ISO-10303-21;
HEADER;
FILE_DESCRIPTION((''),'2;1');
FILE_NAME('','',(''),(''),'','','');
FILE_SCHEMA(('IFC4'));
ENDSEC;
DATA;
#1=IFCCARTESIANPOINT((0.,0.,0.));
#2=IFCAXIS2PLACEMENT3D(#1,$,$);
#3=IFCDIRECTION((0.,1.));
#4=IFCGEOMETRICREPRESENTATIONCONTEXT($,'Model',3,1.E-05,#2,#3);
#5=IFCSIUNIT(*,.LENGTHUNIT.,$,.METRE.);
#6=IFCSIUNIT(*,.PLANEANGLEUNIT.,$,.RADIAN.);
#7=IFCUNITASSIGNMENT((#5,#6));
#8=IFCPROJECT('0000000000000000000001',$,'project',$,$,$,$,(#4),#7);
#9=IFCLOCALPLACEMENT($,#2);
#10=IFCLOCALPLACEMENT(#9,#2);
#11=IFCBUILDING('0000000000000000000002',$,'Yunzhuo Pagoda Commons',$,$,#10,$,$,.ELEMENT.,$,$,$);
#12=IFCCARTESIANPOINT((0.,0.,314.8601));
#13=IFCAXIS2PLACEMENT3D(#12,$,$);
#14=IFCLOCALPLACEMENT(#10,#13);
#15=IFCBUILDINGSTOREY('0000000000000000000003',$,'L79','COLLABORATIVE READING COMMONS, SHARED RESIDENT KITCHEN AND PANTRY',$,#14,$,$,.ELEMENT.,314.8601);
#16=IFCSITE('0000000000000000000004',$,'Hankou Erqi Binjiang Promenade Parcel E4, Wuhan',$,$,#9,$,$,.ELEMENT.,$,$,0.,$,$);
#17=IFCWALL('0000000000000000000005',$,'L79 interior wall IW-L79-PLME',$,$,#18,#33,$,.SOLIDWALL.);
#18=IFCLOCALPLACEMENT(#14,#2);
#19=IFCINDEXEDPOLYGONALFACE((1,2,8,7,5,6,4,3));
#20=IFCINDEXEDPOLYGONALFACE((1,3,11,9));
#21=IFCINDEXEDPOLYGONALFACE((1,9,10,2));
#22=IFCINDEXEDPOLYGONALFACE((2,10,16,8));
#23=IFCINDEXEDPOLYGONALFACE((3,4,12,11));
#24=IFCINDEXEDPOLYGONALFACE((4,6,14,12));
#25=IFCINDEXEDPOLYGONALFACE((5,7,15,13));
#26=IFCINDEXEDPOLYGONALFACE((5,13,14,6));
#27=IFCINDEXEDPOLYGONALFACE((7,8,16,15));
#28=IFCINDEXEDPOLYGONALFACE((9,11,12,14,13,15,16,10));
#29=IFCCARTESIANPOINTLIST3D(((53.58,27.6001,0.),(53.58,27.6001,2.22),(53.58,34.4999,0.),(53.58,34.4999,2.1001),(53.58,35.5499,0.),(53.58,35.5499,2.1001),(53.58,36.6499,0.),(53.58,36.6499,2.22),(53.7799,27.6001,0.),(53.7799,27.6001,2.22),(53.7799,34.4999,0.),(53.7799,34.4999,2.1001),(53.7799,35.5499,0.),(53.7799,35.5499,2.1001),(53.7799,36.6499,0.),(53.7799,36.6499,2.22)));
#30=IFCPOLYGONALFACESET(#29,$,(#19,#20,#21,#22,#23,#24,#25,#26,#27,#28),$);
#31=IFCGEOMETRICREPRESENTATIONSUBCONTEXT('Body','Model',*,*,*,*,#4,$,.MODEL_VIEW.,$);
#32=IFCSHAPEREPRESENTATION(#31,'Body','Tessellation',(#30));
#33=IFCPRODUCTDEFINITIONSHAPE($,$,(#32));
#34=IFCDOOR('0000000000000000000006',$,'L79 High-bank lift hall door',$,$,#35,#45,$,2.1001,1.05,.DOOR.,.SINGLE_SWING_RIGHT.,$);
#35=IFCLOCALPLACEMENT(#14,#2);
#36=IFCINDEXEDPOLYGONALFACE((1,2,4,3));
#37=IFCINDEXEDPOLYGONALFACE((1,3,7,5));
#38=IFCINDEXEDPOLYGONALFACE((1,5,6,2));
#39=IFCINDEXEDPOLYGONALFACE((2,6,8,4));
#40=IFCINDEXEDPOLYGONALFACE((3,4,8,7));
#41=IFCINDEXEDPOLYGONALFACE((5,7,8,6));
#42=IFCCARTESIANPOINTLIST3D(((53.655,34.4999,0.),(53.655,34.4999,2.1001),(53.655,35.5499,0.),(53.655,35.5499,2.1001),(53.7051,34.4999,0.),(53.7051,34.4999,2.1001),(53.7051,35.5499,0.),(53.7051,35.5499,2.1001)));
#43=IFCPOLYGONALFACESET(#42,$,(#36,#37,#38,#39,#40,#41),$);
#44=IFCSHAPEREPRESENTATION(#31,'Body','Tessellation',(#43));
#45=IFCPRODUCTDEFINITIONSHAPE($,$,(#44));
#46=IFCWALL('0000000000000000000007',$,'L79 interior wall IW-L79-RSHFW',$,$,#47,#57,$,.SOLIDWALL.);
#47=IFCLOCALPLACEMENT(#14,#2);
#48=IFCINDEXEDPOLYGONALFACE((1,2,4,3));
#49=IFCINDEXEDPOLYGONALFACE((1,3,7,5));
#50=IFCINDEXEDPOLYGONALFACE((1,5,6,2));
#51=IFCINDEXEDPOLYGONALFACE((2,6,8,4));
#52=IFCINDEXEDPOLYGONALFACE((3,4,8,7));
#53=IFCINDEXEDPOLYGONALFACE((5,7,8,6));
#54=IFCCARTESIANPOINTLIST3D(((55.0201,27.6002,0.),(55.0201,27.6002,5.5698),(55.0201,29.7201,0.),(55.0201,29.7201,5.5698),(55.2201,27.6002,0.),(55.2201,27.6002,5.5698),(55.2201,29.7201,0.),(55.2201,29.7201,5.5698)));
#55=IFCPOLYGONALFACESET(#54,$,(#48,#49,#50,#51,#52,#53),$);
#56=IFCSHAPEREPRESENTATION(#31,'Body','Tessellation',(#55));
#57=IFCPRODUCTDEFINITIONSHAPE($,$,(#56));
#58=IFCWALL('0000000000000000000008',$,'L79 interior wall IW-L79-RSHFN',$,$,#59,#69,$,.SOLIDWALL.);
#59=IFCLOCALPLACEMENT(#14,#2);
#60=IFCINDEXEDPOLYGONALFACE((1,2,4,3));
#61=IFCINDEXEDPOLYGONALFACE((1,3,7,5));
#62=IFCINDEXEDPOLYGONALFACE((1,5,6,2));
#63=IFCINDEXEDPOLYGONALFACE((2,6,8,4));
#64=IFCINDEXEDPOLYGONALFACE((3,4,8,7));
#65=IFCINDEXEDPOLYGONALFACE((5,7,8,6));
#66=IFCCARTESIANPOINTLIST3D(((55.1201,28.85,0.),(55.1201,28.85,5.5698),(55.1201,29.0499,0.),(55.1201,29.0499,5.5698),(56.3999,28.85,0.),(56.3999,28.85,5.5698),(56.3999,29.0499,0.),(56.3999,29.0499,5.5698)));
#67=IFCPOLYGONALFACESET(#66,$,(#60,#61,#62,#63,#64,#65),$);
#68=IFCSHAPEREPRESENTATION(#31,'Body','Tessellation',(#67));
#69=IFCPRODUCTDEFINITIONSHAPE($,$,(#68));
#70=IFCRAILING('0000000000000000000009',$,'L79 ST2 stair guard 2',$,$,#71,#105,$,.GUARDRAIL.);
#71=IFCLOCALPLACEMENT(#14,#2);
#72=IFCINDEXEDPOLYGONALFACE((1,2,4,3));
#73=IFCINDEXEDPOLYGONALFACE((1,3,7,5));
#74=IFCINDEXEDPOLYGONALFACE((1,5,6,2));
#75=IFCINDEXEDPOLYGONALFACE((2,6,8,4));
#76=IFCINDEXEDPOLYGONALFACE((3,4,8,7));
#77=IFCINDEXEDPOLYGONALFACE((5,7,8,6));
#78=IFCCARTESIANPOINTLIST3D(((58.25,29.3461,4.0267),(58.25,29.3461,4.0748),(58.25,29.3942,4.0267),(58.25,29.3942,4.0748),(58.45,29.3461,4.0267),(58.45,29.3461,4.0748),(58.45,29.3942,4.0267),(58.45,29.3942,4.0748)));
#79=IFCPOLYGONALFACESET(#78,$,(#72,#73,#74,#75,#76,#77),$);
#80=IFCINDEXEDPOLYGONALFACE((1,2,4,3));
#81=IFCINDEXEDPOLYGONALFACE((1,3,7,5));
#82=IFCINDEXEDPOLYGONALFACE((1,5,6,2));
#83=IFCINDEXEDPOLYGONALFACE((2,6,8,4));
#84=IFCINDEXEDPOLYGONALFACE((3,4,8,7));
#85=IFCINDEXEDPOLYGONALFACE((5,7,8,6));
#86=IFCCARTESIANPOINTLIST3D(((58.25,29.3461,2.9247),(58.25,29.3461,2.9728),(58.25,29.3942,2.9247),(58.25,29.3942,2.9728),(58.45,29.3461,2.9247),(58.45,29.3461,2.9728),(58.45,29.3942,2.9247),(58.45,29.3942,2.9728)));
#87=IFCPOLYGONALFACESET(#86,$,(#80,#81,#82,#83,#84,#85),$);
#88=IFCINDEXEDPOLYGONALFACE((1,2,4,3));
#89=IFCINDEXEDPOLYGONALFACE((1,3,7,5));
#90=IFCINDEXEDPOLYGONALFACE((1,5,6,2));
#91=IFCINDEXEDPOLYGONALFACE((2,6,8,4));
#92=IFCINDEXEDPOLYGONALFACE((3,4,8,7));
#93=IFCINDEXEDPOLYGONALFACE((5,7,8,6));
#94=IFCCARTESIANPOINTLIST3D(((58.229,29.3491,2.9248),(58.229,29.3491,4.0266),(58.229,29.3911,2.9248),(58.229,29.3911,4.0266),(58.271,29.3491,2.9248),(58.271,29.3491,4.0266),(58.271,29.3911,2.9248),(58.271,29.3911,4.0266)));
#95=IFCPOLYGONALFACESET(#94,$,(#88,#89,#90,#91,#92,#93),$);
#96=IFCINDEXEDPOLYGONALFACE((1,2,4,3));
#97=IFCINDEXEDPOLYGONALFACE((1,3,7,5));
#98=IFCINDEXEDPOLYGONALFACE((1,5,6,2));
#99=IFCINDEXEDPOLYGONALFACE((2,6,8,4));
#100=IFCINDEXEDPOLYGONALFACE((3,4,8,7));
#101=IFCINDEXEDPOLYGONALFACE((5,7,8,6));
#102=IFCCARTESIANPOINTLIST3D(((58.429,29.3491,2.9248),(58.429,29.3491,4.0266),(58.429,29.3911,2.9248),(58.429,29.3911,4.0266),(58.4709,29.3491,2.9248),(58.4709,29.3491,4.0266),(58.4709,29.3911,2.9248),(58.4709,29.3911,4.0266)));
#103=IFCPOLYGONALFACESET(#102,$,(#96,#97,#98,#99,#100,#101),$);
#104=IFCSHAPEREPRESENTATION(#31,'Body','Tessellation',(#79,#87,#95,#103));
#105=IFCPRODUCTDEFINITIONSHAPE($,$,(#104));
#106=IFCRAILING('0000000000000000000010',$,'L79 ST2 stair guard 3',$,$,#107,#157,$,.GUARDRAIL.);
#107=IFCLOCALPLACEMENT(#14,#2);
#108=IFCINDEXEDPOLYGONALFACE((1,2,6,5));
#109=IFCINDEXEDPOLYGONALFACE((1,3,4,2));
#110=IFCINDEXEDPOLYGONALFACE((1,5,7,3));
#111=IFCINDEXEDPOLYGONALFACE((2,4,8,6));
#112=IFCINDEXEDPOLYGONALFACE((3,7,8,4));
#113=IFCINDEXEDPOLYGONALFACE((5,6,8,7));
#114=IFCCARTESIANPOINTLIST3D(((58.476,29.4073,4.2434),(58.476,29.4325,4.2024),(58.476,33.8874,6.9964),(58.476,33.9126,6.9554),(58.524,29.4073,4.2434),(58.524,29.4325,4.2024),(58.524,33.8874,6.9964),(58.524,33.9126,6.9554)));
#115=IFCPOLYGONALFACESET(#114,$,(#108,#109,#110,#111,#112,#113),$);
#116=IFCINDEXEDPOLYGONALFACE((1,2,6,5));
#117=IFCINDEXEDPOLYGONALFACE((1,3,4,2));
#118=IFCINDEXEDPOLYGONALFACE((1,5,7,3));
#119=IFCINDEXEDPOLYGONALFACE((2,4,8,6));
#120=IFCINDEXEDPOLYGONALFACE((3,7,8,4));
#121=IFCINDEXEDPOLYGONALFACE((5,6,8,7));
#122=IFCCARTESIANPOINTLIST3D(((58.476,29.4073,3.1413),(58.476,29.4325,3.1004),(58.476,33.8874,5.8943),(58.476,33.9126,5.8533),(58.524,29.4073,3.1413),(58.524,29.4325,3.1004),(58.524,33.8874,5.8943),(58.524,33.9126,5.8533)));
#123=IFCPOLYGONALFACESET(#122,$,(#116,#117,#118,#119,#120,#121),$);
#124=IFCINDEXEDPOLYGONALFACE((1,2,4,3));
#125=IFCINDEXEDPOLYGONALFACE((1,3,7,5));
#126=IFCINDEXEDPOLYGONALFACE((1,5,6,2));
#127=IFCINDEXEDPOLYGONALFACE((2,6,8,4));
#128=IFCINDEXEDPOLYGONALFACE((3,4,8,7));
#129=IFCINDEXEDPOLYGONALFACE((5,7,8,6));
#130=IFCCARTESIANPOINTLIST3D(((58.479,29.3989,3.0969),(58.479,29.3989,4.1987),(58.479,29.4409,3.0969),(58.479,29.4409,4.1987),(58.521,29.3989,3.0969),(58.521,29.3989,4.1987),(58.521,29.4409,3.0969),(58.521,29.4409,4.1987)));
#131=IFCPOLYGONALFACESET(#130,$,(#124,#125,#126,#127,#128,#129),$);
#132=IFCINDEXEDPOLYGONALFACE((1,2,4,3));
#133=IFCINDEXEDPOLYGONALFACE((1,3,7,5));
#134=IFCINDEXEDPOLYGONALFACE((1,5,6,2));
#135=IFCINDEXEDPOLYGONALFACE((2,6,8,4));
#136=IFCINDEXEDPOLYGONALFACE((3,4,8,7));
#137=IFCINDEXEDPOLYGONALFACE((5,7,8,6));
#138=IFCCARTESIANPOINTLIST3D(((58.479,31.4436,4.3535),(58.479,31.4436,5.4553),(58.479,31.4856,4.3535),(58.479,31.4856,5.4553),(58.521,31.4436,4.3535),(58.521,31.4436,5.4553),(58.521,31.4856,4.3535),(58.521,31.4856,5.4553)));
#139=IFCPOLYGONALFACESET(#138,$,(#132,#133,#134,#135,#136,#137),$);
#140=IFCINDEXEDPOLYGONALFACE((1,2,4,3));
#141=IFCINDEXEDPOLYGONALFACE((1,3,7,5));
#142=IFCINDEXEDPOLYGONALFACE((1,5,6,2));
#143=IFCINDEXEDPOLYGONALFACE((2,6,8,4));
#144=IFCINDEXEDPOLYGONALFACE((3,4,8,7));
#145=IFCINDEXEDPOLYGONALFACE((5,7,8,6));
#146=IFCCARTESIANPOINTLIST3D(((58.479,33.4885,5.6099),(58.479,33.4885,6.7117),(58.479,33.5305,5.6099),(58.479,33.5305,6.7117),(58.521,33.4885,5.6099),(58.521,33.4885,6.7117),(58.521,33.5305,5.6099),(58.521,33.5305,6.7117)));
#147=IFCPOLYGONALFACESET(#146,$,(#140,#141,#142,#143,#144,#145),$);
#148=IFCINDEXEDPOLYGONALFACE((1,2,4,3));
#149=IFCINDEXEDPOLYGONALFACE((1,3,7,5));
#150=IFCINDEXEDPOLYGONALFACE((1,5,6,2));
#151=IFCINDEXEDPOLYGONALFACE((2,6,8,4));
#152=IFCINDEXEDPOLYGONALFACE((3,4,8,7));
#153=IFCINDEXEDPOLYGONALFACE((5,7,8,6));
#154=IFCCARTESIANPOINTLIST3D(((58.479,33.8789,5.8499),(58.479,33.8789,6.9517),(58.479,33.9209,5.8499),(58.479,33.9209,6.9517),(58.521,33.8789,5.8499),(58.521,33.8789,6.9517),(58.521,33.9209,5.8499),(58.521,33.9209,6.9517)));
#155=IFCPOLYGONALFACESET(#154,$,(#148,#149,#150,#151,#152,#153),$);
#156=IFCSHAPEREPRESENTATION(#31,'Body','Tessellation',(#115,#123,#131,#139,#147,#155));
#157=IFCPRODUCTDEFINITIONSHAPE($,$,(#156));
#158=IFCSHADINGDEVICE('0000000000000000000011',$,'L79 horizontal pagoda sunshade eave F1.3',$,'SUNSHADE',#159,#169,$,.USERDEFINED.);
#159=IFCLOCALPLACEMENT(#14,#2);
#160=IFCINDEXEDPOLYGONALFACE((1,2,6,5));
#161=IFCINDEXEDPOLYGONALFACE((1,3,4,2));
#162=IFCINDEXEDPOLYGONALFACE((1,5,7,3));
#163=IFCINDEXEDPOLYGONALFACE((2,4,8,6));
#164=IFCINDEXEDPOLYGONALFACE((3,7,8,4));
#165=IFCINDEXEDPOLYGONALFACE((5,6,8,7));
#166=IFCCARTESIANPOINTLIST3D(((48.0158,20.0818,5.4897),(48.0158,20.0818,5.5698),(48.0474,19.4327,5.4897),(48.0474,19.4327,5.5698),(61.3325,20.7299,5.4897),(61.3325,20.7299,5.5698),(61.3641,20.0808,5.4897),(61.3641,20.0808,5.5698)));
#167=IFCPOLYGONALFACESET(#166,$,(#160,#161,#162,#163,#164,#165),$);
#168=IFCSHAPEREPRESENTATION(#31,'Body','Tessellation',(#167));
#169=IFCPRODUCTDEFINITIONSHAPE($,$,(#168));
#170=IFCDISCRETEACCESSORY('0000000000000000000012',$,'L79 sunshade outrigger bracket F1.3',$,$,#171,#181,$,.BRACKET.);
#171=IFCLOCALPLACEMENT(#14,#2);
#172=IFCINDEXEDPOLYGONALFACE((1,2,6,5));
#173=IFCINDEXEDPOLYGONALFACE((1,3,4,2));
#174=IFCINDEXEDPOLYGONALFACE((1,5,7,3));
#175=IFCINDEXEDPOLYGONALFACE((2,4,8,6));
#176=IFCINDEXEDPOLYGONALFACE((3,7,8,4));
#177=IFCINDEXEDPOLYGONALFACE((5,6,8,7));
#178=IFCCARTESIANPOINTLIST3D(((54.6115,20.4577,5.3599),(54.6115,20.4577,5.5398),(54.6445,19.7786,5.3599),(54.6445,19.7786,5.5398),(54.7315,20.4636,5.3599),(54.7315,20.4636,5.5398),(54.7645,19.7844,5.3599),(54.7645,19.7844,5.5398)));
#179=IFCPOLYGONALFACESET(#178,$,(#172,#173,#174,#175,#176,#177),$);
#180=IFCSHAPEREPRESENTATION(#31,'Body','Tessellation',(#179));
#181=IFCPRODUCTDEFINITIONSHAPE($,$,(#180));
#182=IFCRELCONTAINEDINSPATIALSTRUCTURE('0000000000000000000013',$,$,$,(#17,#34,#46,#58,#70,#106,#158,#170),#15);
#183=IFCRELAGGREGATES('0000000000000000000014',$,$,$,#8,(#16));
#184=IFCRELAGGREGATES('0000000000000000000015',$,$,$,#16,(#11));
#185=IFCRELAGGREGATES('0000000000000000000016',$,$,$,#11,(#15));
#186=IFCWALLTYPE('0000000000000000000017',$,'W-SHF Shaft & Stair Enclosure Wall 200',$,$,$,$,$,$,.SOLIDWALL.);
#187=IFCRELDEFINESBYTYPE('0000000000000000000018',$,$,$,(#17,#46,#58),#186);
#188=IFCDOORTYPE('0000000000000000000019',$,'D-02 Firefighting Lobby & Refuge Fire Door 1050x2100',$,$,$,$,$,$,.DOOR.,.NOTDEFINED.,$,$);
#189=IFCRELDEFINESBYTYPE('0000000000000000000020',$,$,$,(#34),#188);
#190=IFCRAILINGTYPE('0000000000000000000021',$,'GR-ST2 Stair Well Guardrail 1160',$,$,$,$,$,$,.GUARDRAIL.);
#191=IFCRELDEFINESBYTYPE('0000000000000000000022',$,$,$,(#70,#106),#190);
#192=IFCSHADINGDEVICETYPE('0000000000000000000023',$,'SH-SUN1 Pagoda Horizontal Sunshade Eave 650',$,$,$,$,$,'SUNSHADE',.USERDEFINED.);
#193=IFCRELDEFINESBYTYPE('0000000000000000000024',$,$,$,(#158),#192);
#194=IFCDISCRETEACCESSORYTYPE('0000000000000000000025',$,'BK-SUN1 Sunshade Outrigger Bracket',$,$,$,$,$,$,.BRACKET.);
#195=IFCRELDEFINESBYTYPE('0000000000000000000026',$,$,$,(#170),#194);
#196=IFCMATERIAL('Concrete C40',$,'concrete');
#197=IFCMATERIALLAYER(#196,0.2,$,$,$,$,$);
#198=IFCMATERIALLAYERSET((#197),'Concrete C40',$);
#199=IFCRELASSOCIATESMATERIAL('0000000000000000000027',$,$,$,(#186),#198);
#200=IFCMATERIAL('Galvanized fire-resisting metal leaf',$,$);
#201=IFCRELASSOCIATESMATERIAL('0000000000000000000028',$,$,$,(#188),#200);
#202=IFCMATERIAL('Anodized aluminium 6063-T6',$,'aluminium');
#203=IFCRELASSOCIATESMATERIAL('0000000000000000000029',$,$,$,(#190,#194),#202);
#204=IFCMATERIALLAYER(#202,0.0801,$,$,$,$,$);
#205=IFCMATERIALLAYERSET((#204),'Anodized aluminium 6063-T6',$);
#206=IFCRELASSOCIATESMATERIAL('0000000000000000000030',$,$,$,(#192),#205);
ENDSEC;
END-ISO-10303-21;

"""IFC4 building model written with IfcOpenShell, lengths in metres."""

from ifc_helpers import new_model, si_unit, direction, frame, frame_2d, origin, origin_with_axes, origin_2d, place, context, subcontext, project, spatial, rectangle, extrude, source, transform, mapped, material, layer, layer_set, type_object, element, fill, save


model = new_model("IFC4")

# Units and contexts
model_context = context("Model", 3, precision=1e-05, world=origin(), true_north=direction((0.0, 1.0)))
body_context = subcontext(model_context, "Body", "Model", "MODEL_VIEW")
ifc_project = project(units=[si_unit("LENGTHUNIT", "METRE"), si_unit("PLANEANGLEUNIT", "RADIAN")], contexts=[model_context])

# Site, building, storey
site_placement = place(None, origin())
site = spatial("IfcSite", under=ifc_project, at=site_placement, Name="Hankou Erqi Binjiang Promenade Parcel E4, Wuhan", CompositionType="ELEMENT", RefElevation=0.0)
building_placement = place(site_placement, origin())
building = spatial("IfcBuilding", under=site, at=building_placement, Name="Yunzhuo Pagoda Commons", CompositionType="ELEMENT")
storey_placement = place(building_placement, frame((0.0, 0.0, 314.8601)))
storey = spatial("IfcBuildingStorey", under=building, at=storey_placement, Name="L79", Description="COLLABORATIVE READING COMMONS, SHARED RESIDENT KITCHEN AND PANTRY", CompositionType="ELEMENT", Elevation=314.8601)

# Shared definitions
ifc_material_1 = material(Name="Anodized aluminium 6063-T6", Category="aluminium")

# Shared definitions
ifc_material_2 = material(Name="Galvanized fire-resisting metal leaf")

# Wall, opening, door
ifc_material_3 = material(Name="Concrete C40", Category="concrete")
ifc_layer_1 = layer(ifc_material_3, 0.2)
ifc_layer_set_1 = layer_set([ifc_layer_1], Name="Concrete C40")
wall_type_1 = type_object("IfcWallType", Name="W-SHF Shaft & Stair Enclosure Wall 200", PredefinedType="SOLIDWALL", material=ifc_layer_set_1)
wall_1_placement = place(storey_placement, frame((53.6799, 27.6001, 0.0), z_axis=(0.0, 0.0, 1.0), x_axis=(0.0, 1.0, 0.0)))
wall_1 = element("IfcWall", 1, at=wall_1_placement, inside=storey, type_object=wall_type_1, Name="L79 interior wall IW-L79-PLME", PredefinedType="SOLIDWALL", context=body_context, shape_type="SweptSolid", body=[
    extrude(rectangle(XDim=9.0498, YDim=0.2, at=frame_2d((4.5249, 0.0))), origin(), (0.0, 0.0, 1.0), 2.22),
])
opening_1_placement = place(wall_1_placement, frame((6.8999, 0.0, 0.0)))
opening_1 = element("IfcOpeningElement", 2, at=opening_1_placement, cuts=wall_1, PredefinedType="OPENING", context=body_context, shape_type="SweptSolid", body=[
    extrude(rectangle(XDim=1.05, YDim=2.1001, at=frame_2d((0.5249, 1.05))), frame((0.0, 0.1099, 0.0), z_axis=(0.0, -1.0, 0.0), x_axis=(1.0, 0.0, 0.0)), (0.0, 0.0, 1.0), 0.22),
])
door_type_1 = type_object("IfcDoorType", Name="D-02 Firefighting Lobby & Refuge Fire Door 1050x2100", OperationType="NOTDEFINED", PredefinedType="DOOR", material=ifc_material_2)
shared_shape_1 = source(origin(), body_context, "Body", "SweptSolid", [
    extrude(rectangle(XDim=1.05, YDim=2.1001, at=frame_2d((0.5249, 1.05))), frame((0.0, 0.0249, 0.0), z_axis=(0.0, -1.0, 0.0), x_axis=(1.0, 0.0, 0.0)), (0.0, 0.0, 1.0), 0.05),
])
door_1_placement = place(opening_1_placement, origin_with_axes())
door_1 = element("IfcDoor", 3, at=door_1_placement, inside=storey, type_object=door_type_1, Name="L79 High-bank lift hall door", OperationType="SINGLE_SWING_RIGHT", OverallHeight=2.1001, OverallWidth=1.05, PredefinedType="DOOR", context=body_context, shape_type="MappedRepresentation", body=[
    mapped(shared_shape_1, transform((0.0, 0.0, 0.0), scale=1.0)),
])
fill(opening_1, door_1)

# Walls
wall_2_placement = place(storey_placement, frame((55.1201, 27.6001, 0.0), z_axis=(0.0, 0.0, 1.0), x_axis=(0.0, 1.0, 0.0)))
element("IfcWall", 4, at=wall_2_placement, inside=storey, type_object=wall_type_1, Name="L79 interior wall IW-L79-RSHFW", PredefinedType="SOLIDWALL", context=body_context, shape_type="SweptSolid", body=[
    extrude(rectangle(XDim=2.1199, YDim=0.2, at=frame_2d((1.0601, 0.0))), origin(), (0.0, 0.0, 1.0), 5.5698),
])
wall_3_placement = place(storey_placement, frame((55.1201, 28.95, 0.0), z_axis=(0.0, 0.0, 1.0), x_axis=(1.0, 0.0, 0.0)))
element("IfcWall", 5, at=wall_3_placement, inside=storey, type_object=wall_type_1, Name="L79 interior wall IW-L79-RSHFN", PredefinedType="SOLIDWALL", context=body_context, shape_type="SweptSolid", body=[
    extrude(rectangle(XDim=1.2798, YDim=0.2, at=frame_2d((0.6399, 0.0))), origin(), (0.0, 0.0, 1.0), 5.5698),
])

# Railings
railing_type = type_object("IfcRailingType", Name="GR-ST2 Stair Well Guardrail 1160", PredefinedType="GUARDRAIL", material=ifc_material_1)
railing_1_placement = place(storey_placement, frame((58.25, 29.3701, 2.9248)))
element("IfcRailing", 6, at=railing_1_placement, inside=storey, type_object=railing_type, Name="L79 ST2 stair guard 2", PredefinedType="GUARDRAIL", context=body_context, shape_type="SweptSolid", body=[
    extrude(rectangle(XDim=0.0481, YDim=0.0481, at=origin_2d()), frame((0.0, 0.0, 1.126), z_axis=(1.0, 0.0, 0.0), x_axis=(0.0, 1.0, 0.0)), (0.0, 0.0, 1.0), 0.2),
    extrude(rectangle(XDim=0.0481, YDim=0.0481, at=origin_2d()), frame((0.0, 0.0, 0.0239), z_axis=(1.0, 0.0, 0.0), x_axis=(0.0, 1.0, 0.0)), (0.0, 0.0, 1.0), 0.2),
    extrude(rectangle(XDim=0.042, YDim=0.042, at=origin_2d()), origin(), (0.0, 0.0, 1.0), 1.1018),
    extrude(rectangle(XDim=0.042, YDim=0.042, at=origin_2d()), frame((0.2, 0.0, 0.0)), (0.0, 0.0, 1.0), 1.1018),
])
railing_2_placement = place(storey_placement, frame((58.5, 29.4199, 3.0969)))
element("IfcRailing", 7, at=railing_2_placement, inside=storey, type_object=railing_type, Name="L79 ST2 stair guard 3", PredefinedType="GUARDRAIL", context=body_context, shape_type="SweptSolid", body=[
    extrude(rectangle(XDim=0.0481, YDim=0.0481, at=origin_2d()), frame((0.0, 0.0, 1.126), z_axis=(0.0, 0.851996, 0.523548), x_axis=(-1.0, 0.0, 0.0)), (0.0, 0.0, 1.0), 5.2583),
    extrude(rectangle(XDim=0.0481, YDim=0.0481, at=origin_2d()), frame((0.0, 0.0, 0.0239), z_axis=(0.0, 0.851996, 0.523548), x_axis=(-1.0, 0.0, 0.0)), (0.0, 0.0, 1.0), 5.2583),
    extrude(rectangle(XDim=0.042, YDim=0.042, at=origin_2d()), origin(), (0.0, 0.0, 1.0), 1.1018),
    extrude(rectangle(XDim=0.042, YDim=0.042, at=origin_2d()), frame((0.0, 2.0447, 1.2566)), (0.0, 0.0, 1.0), 1.1018),
    extrude(rectangle(XDim=0.042, YDim=0.042, at=origin_2d()), frame((0.0, 4.0896, 2.5129)), (0.0, 0.0, 1.0), 1.1018),
    extrude(rectangle(XDim=0.042, YDim=0.042, at=origin_2d()), frame((0.0, 4.48, 2.7529)), (0.0, 0.0, 1.0), 1.1018),
])

# Shading device
ifc_layer_2 = layer(ifc_material_1, 0.0801)
ifc_layer_set_2 = layer_set([ifc_layer_2], Name="Anodized aluminium 6063-T6")
shading_device_type = type_object("IfcShadingDeviceType", Name="SH-SUN1 Pagoda Horizontal Sunshade Eave 650", ElementType="SUNSHADE", PredefinedType="USERDEFINED", material=ifc_layer_set_2)
shared_shape_2 = source(origin(), body_context, "Body", "SweptSolid", [
    extrude(rectangle(XDim=13.3325, YDim=0.6499, at=origin_2d()), origin(), (0.0, 0.0, 1.0), 0.0801),
])
shading_device_placement = place(storey_placement, frame((54.6899, 20.0813, 5.4897), z_axis=(0.0, 0.0, 1.0), x_axis=(0.998818, 0.048606, 0.0)))
element("IfcShadingDevice", 8, at=shading_device_placement, inside=storey, type_object=shading_device_type, Name="L79 horizontal pagoda sunshade eave F1.3", ObjectType="SUNSHADE", PredefinedType="USERDEFINED", context=body_context, shape_type="MappedRepresentation", body=[
    mapped(shared_shape_2, transform((0.0, 0.0, 0.0), scale=1.0)),
])

# Discrete accessory
discrete_accessory_type = type_object("IfcDiscreteAccessoryType", Name="BK-SUN1 Sunshade Outrigger Bracket", PredefinedType="BRACKET", material=ifc_material_1)
shared_shape_3 = source(origin(), body_context, "Body", "SweptSolid", [
    extrude(rectangle(XDim=0.1201, YDim=0.6799, at=origin_2d()), origin(), (0.0, 0.0, 1.0), 0.1799),
])
discrete_accessory_placement = place(storey_placement, frame((54.688, 20.1211, 5.3599), z_axis=(0.0, 0.0, 1.0), x_axis=(0.998818, 0.048606, 0.0)))
element("IfcDiscreteAccessory", 9, at=discrete_accessory_placement, inside=storey, type_object=discrete_accessory_type, Name="L79 sunshade outrigger bracket F1.3", PredefinedType="BRACKET", context=body_context, shape_type="MappedRepresentation", body=[
    mapped(shared_shape_3, transform((0.0, 0.0, 0.0), scale=1.0)),
])

save(model, "model.ifc")
